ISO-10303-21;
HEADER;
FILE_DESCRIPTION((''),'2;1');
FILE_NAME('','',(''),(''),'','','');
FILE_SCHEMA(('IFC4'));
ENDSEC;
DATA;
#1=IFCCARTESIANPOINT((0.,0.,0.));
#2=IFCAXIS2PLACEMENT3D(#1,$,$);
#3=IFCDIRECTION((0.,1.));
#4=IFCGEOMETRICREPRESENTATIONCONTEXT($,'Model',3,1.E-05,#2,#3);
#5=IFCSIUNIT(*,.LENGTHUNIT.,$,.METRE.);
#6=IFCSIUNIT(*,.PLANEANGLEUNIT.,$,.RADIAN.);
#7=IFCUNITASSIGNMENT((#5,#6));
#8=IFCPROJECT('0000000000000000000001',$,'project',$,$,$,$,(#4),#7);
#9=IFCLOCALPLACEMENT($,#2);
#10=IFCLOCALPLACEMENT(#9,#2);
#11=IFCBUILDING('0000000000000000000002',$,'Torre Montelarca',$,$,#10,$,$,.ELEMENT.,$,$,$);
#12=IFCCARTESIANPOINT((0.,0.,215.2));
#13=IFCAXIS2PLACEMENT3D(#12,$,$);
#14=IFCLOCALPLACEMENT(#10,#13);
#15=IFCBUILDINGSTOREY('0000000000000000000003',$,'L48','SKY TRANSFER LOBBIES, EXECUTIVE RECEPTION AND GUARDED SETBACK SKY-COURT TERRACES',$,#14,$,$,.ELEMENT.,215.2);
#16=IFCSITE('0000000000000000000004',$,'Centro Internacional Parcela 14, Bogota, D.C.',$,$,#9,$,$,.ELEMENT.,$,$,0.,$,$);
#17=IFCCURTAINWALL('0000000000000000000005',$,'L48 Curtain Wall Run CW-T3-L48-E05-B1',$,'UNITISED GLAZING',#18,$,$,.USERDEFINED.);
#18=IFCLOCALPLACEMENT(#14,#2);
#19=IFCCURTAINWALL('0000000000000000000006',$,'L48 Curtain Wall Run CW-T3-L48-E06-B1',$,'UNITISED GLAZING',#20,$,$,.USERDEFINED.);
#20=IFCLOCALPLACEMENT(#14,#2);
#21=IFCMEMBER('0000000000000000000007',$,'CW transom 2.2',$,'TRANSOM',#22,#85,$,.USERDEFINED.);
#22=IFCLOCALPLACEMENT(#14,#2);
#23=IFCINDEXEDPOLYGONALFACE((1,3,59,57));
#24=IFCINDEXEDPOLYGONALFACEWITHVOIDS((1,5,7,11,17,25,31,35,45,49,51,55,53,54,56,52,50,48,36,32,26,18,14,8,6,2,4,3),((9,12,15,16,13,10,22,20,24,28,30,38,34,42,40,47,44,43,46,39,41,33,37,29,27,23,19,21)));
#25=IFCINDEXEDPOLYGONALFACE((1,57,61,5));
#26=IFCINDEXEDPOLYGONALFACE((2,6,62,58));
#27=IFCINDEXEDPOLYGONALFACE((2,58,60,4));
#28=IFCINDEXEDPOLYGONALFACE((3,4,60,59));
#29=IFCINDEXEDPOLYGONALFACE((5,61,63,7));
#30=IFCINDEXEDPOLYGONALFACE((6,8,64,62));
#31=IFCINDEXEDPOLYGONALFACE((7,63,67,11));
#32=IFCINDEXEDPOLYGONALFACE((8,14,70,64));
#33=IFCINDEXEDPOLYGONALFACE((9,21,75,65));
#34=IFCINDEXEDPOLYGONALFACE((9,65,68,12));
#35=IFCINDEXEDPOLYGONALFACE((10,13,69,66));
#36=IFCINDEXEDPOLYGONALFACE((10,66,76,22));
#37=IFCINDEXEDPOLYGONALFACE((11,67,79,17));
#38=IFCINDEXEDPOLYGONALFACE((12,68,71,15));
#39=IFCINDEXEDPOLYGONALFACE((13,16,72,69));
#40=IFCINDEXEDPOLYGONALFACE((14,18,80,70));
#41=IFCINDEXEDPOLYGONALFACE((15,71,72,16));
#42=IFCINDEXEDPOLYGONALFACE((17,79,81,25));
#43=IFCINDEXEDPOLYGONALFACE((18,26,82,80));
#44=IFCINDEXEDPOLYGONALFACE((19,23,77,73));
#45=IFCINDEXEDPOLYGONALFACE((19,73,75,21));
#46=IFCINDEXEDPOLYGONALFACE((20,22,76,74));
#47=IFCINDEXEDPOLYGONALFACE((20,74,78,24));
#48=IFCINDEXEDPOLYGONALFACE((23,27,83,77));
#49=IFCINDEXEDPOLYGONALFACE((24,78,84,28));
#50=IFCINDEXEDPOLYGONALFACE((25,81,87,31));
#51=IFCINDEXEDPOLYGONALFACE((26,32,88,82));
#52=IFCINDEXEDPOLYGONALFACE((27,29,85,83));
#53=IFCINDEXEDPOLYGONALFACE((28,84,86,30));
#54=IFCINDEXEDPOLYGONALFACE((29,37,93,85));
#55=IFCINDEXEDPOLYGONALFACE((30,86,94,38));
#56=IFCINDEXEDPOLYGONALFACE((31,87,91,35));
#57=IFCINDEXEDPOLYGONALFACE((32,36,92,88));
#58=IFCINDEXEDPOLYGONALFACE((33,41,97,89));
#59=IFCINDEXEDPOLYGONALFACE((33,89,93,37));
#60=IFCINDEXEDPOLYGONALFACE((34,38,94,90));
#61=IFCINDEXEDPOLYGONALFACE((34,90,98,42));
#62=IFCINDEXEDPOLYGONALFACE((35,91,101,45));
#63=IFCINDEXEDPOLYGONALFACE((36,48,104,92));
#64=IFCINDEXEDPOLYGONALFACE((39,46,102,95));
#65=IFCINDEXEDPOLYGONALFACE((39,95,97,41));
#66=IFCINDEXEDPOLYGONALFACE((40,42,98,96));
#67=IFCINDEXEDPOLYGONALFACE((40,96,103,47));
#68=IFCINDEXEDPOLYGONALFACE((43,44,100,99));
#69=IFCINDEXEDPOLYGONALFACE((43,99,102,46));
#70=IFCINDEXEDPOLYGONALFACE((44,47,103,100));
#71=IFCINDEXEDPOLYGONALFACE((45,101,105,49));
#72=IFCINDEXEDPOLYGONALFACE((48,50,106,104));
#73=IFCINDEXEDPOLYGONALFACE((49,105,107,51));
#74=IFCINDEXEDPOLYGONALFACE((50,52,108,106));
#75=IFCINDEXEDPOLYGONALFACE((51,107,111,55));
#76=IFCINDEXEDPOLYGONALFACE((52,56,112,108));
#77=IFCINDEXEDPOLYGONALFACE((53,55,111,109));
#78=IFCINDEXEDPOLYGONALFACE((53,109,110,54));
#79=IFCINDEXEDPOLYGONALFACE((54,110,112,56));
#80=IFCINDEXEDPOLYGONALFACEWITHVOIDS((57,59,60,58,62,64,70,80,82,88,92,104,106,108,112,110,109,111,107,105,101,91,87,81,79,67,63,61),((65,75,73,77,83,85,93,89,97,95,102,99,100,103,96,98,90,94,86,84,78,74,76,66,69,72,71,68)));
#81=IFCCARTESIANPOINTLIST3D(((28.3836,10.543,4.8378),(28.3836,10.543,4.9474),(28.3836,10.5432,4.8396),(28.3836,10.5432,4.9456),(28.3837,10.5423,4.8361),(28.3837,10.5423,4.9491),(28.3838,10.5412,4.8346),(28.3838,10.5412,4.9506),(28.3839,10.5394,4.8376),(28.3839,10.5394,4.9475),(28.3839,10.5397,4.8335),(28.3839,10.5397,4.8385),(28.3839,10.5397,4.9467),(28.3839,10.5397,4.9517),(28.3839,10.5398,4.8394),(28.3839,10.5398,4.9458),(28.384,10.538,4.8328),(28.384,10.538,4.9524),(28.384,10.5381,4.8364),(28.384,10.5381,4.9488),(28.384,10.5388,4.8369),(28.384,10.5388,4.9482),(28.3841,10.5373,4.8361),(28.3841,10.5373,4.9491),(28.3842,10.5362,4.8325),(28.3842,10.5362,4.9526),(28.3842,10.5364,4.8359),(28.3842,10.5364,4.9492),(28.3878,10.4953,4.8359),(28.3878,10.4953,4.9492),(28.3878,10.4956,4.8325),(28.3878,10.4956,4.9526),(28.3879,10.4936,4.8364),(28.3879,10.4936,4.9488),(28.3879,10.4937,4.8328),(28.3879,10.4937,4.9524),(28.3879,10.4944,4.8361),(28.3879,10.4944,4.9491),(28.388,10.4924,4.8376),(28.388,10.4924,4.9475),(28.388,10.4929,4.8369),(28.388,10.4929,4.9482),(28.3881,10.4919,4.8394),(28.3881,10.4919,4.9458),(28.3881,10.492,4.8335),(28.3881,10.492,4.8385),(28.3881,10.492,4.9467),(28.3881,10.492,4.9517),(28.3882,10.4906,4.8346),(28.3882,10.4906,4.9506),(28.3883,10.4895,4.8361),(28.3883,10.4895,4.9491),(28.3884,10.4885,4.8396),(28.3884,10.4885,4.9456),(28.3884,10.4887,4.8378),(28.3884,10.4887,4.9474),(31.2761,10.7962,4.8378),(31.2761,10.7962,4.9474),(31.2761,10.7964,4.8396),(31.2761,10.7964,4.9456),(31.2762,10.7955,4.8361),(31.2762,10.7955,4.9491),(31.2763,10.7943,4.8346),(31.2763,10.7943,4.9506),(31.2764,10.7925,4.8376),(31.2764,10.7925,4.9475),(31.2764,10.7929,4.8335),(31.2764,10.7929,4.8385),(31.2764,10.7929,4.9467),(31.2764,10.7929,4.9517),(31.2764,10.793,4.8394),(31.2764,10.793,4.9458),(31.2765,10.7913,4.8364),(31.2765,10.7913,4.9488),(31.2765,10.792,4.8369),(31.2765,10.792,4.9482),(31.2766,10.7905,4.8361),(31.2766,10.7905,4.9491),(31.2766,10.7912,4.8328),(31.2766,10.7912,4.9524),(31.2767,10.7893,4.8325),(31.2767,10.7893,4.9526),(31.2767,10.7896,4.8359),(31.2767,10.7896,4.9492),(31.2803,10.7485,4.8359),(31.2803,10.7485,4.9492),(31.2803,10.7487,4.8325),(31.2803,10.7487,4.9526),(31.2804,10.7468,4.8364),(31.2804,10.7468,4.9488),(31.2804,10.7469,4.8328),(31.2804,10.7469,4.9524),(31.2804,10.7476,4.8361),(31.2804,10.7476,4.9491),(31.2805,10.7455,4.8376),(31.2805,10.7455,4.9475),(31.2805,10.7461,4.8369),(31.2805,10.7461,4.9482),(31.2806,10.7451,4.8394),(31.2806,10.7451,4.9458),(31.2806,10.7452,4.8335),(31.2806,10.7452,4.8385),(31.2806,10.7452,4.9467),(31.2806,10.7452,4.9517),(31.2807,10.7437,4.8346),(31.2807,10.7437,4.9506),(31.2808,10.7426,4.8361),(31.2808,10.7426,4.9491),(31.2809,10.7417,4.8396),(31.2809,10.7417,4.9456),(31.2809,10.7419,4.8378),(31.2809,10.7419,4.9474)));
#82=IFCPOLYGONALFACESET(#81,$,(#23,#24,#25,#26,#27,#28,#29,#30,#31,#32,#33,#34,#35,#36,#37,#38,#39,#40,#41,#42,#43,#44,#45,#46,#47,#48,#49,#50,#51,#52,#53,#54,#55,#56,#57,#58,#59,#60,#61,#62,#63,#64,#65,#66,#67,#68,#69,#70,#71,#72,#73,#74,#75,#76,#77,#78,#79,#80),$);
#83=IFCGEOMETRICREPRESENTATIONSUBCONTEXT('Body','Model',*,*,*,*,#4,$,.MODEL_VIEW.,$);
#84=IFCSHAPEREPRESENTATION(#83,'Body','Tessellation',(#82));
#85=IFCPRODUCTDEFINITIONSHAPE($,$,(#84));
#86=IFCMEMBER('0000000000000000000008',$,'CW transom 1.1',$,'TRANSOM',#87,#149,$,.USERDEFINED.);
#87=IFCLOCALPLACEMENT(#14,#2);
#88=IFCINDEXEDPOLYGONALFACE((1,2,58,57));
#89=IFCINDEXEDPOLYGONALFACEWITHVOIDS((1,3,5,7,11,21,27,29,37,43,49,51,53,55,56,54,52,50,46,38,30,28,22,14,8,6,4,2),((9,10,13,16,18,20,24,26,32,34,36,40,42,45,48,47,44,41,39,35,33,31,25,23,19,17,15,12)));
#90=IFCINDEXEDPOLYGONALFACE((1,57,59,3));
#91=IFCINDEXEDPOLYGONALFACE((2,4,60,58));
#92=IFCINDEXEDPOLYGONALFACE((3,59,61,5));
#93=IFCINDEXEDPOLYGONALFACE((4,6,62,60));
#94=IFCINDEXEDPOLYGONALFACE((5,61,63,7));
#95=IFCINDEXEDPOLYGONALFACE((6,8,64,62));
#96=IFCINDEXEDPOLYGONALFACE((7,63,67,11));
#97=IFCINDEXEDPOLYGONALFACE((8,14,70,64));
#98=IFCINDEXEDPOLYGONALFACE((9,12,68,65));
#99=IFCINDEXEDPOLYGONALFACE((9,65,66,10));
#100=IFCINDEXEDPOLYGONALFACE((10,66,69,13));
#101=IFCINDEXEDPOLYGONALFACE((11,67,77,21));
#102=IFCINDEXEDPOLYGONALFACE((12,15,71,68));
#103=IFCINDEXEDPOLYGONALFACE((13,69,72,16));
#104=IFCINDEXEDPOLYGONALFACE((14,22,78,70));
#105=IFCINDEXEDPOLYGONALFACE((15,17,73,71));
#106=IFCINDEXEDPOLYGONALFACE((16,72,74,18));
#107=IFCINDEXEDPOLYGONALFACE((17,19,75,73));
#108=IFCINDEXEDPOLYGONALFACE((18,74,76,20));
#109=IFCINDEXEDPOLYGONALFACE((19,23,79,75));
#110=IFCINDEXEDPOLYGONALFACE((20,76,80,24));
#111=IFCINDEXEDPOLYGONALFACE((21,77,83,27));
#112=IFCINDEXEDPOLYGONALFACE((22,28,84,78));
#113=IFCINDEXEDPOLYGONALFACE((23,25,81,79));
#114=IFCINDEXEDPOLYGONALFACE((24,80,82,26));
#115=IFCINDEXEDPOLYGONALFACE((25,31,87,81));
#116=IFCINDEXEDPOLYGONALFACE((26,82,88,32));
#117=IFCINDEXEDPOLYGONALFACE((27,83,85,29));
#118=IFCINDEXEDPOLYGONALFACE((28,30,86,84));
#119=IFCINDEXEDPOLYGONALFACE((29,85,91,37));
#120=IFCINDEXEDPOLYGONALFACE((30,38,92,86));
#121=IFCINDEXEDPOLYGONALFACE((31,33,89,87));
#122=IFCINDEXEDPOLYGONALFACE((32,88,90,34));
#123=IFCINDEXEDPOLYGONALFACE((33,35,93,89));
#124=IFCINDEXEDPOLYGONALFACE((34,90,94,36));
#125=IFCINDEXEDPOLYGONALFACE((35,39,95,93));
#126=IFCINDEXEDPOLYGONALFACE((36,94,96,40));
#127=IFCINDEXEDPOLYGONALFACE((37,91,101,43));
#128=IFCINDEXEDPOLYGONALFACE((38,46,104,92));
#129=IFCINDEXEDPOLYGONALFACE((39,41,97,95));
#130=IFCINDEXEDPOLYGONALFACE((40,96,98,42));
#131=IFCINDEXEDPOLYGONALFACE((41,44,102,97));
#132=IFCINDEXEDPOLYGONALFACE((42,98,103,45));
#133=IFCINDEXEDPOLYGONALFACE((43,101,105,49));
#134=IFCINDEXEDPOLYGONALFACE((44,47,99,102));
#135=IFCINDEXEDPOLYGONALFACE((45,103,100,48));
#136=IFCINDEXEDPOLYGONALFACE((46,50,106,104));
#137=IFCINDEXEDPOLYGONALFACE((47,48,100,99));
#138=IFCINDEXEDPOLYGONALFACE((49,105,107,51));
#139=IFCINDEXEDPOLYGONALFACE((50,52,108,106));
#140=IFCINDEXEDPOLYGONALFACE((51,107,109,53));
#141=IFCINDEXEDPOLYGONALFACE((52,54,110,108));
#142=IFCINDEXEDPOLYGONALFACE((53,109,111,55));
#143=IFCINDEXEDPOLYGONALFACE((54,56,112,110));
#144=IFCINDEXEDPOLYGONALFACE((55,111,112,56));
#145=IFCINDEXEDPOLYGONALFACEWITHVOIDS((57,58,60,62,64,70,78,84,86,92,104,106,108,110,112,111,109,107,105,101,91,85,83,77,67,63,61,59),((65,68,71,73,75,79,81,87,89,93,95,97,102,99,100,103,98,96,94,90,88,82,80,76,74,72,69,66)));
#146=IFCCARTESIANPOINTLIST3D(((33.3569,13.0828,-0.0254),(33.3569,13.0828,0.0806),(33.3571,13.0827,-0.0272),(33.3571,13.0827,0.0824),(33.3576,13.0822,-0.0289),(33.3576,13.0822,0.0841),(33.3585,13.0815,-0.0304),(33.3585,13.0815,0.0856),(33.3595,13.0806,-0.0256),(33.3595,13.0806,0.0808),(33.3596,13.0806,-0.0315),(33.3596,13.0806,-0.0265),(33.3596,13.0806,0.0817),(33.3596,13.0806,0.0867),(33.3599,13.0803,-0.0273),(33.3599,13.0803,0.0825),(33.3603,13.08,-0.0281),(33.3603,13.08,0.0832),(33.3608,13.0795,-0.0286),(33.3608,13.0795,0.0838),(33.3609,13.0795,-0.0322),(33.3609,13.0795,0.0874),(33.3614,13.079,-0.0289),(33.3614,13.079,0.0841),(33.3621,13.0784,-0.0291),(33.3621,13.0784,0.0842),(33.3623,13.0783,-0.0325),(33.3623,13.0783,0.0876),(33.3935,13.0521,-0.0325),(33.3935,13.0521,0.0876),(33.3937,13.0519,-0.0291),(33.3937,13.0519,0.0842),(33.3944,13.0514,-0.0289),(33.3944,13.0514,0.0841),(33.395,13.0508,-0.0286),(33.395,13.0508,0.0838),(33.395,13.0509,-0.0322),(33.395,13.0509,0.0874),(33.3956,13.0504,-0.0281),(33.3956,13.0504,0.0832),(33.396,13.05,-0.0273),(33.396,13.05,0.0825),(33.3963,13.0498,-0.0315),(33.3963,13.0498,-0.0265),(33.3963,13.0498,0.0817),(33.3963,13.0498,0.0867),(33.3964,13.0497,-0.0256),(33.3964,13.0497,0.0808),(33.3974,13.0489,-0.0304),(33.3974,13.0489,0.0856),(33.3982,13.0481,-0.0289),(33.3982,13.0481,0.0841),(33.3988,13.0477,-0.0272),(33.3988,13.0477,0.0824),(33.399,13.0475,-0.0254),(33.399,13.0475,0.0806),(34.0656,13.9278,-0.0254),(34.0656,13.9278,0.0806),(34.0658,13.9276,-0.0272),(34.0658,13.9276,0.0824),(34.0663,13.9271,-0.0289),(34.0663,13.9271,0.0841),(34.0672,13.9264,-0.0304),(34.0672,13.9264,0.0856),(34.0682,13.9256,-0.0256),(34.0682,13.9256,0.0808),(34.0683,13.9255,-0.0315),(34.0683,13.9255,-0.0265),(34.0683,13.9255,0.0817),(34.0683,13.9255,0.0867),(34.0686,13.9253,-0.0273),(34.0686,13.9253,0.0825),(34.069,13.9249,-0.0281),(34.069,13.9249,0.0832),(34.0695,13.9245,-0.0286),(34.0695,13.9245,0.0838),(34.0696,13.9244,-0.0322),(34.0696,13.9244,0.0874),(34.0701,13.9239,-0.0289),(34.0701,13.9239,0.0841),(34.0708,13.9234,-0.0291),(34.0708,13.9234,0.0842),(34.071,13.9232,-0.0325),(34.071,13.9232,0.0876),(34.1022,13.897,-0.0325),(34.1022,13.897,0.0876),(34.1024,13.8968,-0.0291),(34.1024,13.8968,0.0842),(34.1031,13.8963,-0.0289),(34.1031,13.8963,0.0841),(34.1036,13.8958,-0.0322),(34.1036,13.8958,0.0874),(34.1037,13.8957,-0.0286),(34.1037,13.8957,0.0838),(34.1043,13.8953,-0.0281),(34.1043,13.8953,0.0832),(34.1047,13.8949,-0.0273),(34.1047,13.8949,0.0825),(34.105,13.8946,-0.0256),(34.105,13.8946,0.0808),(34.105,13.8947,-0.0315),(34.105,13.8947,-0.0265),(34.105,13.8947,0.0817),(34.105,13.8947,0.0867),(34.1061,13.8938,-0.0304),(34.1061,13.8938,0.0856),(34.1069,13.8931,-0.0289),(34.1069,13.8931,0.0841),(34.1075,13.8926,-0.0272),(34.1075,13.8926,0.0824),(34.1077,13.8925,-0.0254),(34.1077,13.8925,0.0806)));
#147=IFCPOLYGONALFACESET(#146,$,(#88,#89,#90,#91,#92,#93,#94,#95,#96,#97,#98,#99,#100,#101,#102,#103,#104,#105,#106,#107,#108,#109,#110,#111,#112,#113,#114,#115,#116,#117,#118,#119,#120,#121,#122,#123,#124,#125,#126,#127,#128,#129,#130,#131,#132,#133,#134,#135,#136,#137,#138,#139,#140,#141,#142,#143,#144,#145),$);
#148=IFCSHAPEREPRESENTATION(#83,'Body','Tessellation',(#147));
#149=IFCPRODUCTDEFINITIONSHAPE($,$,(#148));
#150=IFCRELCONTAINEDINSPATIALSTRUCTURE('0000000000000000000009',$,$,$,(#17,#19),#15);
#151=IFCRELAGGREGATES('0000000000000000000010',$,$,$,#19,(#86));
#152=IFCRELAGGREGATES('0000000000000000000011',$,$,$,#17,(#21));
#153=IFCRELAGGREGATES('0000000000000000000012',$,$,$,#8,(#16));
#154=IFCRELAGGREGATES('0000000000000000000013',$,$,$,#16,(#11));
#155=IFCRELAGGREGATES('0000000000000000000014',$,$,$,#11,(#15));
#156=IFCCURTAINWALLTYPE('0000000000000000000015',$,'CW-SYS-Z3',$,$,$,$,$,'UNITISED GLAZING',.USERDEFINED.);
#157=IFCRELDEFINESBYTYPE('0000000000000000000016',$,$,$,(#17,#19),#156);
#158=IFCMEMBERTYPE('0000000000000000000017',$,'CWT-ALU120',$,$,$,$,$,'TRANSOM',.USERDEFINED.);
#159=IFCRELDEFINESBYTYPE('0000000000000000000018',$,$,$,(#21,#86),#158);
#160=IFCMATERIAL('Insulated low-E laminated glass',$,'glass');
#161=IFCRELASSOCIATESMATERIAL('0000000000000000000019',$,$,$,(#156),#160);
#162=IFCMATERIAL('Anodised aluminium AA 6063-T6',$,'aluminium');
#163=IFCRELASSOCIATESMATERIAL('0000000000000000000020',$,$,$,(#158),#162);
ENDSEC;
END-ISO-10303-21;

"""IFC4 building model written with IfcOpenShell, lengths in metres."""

from ifc_helpers import new_model, si_unit, direction, frame, origin, origin_2d, place, context, subcontext, project, spatial, hollow_rectangle, extrude, source, transform, mapped, material, material_profile, profile_set, type_object, element, aggregate, save


model = new_model("IFC4")

# Units and contexts
model_context = context("Model", 3, precision=1e-05, world=origin(), true_north=direction((0.0, 1.0)))
body_context = subcontext(model_context, "Body", "Model", "MODEL_VIEW")
ifc_project = project(units=[si_unit("LENGTHUNIT", "METRE"), si_unit("PLANEANGLEUNIT", "RADIAN")], contexts=[model_context])

# Site, building, storey
site_placement = place(None, origin())
site = spatial("IfcSite", under=ifc_project, at=site_placement, Name="Centro Internacional Parcela 14, Bogota, D.C.", CompositionType="ELEMENT", RefElevation=0.0)
building_placement = place(site_placement, origin())
building = spatial("IfcBuilding", under=site, at=building_placement, Name="Torre Montelarca", CompositionType="ELEMENT")
storey_placement = place(building_placement, frame((0.0, 0.0, 215.2)))
storey = spatial("IfcBuildingStorey", under=building, at=storey_placement, Name="L48", Description="SKY TRANSFER LOBBIES, EXECUTIVE RECEPTION AND GUARDED SETBACK SKY-COURT TERRACES", CompositionType="ELEMENT", Elevation=215.2)

# Curtain wall
ifc_material_1 = material(Name="Insulated low-E laminated glass", Category="glass")
curtain_wall_type = type_object("IfcCurtainWallType", Name="CW-SYS-Z3", ElementType="UNITISED GLAZING", PredefinedType="USERDEFINED", material=ifc_material_1)
curtain_wall_1_placement = place(storey_placement, origin())
curtain_wall_1 = element("IfcCurtainWall", 1, at=curtain_wall_1_placement, inside=storey, type_object=curtain_wall_type, Name="L48 Curtain Wall Run CW-T3-L48-E05-B1", ObjectType="UNITISED GLAZING", PredefinedType="USERDEFINED")
ifc_material_2 = material(Name="Anodised aluminium AA 6063-T6", Category="aluminium")

# Curtain wall
curtain_wall_2_placement = place(storey_placement, origin())
curtain_wall_2 = element("IfcCurtainWall", 2, at=curtain_wall_2_placement, inside=storey, type_object=curtain_wall_type, Name="L48 Curtain Wall Run CW-T3-L48-E06-B1", ObjectType="UNITISED GLAZING", PredefinedType="USERDEFINED")

# Members
ifc_material_profile_1 = material_profile(ifc_material_2, hollow_rectangle(XDim=0.0549, YDim=0.1201, WallThickness=0.0034, InnerFilletRadius=0.0034, OuterFilletRadius=0.0071, at=origin_2d()), Name="ALU55X120X3.5", Category="aluminium")
ifc_profile_set_1 = profile_set([ifc_material_profile_1], Name="Anodised aluminium AA 6063-T6")
member_type_1 = type_object("IfcMemberType", Name="CWT-ALU120", ElementType="TRANSOM", PredefinedType="USERDEFINED", material=ifc_profile_set_1)
shared_shape_1 = source(origin(), body_context, "Body", "SweptSolid", [
    extrude(hollow_rectangle(XDim=0.0549, YDim=0.1201, WallThickness=0.0034, InnerFilletRadius=0.0034, OuterFilletRadius=0.0071, at=origin_2d()), origin(), (0.0, 0.0, 1.0), 2.9036),
])
member_1_placement = place(storey_placement, frame((28.386, 10.5159, 4.8926), z_axis=(0.996192, 0.087192, 0.0), x_axis=(-0.087192, 0.996192, 0.0)))
member_1 = element("IfcMember", 3, at=member_1_placement, type_object=member_type_1, Name="CW transom 2.2", ObjectType="TRANSOM", PredefinedType="USERDEFINED", context=body_context, shape_type="MappedRepresentation", body=[
    mapped(shared_shape_1, transform((0.0, 0.0, 0.0), scale=1.0)),
])
shared_shape_2 = source(origin(), body_context, "Body", "SweptSolid", [
    extrude(hollow_rectangle(XDim=0.0549, YDim=0.1201, WallThickness=0.0034, InnerFilletRadius=0.0034, OuterFilletRadius=0.0071, at=origin_2d()), origin(), (0.0, 0.0, 1.0), 1.1028),
])
member_2_placement = place(storey_placement, frame((33.3779, 13.0652, 0.0276), z_axis=(0.642642, 0.766167, 0.0), x_axis=(-0.766167, 0.642642, 0.0)))
member_2 = element("IfcMember", 4, at=member_2_placement, type_object=member_type_1, Name="CW transom 1.1", ObjectType="TRANSOM", PredefinedType="USERDEFINED", context=body_context, shape_type="MappedRepresentation", body=[
    mapped(shared_shape_2, transform((0.0, 0.0, 0.0), scale=1.0)),
])
aggregate(curtain_wall_2, [member_2])

aggregate(curtain_wall_1, [member_1])

save(model, "model.ifc")
